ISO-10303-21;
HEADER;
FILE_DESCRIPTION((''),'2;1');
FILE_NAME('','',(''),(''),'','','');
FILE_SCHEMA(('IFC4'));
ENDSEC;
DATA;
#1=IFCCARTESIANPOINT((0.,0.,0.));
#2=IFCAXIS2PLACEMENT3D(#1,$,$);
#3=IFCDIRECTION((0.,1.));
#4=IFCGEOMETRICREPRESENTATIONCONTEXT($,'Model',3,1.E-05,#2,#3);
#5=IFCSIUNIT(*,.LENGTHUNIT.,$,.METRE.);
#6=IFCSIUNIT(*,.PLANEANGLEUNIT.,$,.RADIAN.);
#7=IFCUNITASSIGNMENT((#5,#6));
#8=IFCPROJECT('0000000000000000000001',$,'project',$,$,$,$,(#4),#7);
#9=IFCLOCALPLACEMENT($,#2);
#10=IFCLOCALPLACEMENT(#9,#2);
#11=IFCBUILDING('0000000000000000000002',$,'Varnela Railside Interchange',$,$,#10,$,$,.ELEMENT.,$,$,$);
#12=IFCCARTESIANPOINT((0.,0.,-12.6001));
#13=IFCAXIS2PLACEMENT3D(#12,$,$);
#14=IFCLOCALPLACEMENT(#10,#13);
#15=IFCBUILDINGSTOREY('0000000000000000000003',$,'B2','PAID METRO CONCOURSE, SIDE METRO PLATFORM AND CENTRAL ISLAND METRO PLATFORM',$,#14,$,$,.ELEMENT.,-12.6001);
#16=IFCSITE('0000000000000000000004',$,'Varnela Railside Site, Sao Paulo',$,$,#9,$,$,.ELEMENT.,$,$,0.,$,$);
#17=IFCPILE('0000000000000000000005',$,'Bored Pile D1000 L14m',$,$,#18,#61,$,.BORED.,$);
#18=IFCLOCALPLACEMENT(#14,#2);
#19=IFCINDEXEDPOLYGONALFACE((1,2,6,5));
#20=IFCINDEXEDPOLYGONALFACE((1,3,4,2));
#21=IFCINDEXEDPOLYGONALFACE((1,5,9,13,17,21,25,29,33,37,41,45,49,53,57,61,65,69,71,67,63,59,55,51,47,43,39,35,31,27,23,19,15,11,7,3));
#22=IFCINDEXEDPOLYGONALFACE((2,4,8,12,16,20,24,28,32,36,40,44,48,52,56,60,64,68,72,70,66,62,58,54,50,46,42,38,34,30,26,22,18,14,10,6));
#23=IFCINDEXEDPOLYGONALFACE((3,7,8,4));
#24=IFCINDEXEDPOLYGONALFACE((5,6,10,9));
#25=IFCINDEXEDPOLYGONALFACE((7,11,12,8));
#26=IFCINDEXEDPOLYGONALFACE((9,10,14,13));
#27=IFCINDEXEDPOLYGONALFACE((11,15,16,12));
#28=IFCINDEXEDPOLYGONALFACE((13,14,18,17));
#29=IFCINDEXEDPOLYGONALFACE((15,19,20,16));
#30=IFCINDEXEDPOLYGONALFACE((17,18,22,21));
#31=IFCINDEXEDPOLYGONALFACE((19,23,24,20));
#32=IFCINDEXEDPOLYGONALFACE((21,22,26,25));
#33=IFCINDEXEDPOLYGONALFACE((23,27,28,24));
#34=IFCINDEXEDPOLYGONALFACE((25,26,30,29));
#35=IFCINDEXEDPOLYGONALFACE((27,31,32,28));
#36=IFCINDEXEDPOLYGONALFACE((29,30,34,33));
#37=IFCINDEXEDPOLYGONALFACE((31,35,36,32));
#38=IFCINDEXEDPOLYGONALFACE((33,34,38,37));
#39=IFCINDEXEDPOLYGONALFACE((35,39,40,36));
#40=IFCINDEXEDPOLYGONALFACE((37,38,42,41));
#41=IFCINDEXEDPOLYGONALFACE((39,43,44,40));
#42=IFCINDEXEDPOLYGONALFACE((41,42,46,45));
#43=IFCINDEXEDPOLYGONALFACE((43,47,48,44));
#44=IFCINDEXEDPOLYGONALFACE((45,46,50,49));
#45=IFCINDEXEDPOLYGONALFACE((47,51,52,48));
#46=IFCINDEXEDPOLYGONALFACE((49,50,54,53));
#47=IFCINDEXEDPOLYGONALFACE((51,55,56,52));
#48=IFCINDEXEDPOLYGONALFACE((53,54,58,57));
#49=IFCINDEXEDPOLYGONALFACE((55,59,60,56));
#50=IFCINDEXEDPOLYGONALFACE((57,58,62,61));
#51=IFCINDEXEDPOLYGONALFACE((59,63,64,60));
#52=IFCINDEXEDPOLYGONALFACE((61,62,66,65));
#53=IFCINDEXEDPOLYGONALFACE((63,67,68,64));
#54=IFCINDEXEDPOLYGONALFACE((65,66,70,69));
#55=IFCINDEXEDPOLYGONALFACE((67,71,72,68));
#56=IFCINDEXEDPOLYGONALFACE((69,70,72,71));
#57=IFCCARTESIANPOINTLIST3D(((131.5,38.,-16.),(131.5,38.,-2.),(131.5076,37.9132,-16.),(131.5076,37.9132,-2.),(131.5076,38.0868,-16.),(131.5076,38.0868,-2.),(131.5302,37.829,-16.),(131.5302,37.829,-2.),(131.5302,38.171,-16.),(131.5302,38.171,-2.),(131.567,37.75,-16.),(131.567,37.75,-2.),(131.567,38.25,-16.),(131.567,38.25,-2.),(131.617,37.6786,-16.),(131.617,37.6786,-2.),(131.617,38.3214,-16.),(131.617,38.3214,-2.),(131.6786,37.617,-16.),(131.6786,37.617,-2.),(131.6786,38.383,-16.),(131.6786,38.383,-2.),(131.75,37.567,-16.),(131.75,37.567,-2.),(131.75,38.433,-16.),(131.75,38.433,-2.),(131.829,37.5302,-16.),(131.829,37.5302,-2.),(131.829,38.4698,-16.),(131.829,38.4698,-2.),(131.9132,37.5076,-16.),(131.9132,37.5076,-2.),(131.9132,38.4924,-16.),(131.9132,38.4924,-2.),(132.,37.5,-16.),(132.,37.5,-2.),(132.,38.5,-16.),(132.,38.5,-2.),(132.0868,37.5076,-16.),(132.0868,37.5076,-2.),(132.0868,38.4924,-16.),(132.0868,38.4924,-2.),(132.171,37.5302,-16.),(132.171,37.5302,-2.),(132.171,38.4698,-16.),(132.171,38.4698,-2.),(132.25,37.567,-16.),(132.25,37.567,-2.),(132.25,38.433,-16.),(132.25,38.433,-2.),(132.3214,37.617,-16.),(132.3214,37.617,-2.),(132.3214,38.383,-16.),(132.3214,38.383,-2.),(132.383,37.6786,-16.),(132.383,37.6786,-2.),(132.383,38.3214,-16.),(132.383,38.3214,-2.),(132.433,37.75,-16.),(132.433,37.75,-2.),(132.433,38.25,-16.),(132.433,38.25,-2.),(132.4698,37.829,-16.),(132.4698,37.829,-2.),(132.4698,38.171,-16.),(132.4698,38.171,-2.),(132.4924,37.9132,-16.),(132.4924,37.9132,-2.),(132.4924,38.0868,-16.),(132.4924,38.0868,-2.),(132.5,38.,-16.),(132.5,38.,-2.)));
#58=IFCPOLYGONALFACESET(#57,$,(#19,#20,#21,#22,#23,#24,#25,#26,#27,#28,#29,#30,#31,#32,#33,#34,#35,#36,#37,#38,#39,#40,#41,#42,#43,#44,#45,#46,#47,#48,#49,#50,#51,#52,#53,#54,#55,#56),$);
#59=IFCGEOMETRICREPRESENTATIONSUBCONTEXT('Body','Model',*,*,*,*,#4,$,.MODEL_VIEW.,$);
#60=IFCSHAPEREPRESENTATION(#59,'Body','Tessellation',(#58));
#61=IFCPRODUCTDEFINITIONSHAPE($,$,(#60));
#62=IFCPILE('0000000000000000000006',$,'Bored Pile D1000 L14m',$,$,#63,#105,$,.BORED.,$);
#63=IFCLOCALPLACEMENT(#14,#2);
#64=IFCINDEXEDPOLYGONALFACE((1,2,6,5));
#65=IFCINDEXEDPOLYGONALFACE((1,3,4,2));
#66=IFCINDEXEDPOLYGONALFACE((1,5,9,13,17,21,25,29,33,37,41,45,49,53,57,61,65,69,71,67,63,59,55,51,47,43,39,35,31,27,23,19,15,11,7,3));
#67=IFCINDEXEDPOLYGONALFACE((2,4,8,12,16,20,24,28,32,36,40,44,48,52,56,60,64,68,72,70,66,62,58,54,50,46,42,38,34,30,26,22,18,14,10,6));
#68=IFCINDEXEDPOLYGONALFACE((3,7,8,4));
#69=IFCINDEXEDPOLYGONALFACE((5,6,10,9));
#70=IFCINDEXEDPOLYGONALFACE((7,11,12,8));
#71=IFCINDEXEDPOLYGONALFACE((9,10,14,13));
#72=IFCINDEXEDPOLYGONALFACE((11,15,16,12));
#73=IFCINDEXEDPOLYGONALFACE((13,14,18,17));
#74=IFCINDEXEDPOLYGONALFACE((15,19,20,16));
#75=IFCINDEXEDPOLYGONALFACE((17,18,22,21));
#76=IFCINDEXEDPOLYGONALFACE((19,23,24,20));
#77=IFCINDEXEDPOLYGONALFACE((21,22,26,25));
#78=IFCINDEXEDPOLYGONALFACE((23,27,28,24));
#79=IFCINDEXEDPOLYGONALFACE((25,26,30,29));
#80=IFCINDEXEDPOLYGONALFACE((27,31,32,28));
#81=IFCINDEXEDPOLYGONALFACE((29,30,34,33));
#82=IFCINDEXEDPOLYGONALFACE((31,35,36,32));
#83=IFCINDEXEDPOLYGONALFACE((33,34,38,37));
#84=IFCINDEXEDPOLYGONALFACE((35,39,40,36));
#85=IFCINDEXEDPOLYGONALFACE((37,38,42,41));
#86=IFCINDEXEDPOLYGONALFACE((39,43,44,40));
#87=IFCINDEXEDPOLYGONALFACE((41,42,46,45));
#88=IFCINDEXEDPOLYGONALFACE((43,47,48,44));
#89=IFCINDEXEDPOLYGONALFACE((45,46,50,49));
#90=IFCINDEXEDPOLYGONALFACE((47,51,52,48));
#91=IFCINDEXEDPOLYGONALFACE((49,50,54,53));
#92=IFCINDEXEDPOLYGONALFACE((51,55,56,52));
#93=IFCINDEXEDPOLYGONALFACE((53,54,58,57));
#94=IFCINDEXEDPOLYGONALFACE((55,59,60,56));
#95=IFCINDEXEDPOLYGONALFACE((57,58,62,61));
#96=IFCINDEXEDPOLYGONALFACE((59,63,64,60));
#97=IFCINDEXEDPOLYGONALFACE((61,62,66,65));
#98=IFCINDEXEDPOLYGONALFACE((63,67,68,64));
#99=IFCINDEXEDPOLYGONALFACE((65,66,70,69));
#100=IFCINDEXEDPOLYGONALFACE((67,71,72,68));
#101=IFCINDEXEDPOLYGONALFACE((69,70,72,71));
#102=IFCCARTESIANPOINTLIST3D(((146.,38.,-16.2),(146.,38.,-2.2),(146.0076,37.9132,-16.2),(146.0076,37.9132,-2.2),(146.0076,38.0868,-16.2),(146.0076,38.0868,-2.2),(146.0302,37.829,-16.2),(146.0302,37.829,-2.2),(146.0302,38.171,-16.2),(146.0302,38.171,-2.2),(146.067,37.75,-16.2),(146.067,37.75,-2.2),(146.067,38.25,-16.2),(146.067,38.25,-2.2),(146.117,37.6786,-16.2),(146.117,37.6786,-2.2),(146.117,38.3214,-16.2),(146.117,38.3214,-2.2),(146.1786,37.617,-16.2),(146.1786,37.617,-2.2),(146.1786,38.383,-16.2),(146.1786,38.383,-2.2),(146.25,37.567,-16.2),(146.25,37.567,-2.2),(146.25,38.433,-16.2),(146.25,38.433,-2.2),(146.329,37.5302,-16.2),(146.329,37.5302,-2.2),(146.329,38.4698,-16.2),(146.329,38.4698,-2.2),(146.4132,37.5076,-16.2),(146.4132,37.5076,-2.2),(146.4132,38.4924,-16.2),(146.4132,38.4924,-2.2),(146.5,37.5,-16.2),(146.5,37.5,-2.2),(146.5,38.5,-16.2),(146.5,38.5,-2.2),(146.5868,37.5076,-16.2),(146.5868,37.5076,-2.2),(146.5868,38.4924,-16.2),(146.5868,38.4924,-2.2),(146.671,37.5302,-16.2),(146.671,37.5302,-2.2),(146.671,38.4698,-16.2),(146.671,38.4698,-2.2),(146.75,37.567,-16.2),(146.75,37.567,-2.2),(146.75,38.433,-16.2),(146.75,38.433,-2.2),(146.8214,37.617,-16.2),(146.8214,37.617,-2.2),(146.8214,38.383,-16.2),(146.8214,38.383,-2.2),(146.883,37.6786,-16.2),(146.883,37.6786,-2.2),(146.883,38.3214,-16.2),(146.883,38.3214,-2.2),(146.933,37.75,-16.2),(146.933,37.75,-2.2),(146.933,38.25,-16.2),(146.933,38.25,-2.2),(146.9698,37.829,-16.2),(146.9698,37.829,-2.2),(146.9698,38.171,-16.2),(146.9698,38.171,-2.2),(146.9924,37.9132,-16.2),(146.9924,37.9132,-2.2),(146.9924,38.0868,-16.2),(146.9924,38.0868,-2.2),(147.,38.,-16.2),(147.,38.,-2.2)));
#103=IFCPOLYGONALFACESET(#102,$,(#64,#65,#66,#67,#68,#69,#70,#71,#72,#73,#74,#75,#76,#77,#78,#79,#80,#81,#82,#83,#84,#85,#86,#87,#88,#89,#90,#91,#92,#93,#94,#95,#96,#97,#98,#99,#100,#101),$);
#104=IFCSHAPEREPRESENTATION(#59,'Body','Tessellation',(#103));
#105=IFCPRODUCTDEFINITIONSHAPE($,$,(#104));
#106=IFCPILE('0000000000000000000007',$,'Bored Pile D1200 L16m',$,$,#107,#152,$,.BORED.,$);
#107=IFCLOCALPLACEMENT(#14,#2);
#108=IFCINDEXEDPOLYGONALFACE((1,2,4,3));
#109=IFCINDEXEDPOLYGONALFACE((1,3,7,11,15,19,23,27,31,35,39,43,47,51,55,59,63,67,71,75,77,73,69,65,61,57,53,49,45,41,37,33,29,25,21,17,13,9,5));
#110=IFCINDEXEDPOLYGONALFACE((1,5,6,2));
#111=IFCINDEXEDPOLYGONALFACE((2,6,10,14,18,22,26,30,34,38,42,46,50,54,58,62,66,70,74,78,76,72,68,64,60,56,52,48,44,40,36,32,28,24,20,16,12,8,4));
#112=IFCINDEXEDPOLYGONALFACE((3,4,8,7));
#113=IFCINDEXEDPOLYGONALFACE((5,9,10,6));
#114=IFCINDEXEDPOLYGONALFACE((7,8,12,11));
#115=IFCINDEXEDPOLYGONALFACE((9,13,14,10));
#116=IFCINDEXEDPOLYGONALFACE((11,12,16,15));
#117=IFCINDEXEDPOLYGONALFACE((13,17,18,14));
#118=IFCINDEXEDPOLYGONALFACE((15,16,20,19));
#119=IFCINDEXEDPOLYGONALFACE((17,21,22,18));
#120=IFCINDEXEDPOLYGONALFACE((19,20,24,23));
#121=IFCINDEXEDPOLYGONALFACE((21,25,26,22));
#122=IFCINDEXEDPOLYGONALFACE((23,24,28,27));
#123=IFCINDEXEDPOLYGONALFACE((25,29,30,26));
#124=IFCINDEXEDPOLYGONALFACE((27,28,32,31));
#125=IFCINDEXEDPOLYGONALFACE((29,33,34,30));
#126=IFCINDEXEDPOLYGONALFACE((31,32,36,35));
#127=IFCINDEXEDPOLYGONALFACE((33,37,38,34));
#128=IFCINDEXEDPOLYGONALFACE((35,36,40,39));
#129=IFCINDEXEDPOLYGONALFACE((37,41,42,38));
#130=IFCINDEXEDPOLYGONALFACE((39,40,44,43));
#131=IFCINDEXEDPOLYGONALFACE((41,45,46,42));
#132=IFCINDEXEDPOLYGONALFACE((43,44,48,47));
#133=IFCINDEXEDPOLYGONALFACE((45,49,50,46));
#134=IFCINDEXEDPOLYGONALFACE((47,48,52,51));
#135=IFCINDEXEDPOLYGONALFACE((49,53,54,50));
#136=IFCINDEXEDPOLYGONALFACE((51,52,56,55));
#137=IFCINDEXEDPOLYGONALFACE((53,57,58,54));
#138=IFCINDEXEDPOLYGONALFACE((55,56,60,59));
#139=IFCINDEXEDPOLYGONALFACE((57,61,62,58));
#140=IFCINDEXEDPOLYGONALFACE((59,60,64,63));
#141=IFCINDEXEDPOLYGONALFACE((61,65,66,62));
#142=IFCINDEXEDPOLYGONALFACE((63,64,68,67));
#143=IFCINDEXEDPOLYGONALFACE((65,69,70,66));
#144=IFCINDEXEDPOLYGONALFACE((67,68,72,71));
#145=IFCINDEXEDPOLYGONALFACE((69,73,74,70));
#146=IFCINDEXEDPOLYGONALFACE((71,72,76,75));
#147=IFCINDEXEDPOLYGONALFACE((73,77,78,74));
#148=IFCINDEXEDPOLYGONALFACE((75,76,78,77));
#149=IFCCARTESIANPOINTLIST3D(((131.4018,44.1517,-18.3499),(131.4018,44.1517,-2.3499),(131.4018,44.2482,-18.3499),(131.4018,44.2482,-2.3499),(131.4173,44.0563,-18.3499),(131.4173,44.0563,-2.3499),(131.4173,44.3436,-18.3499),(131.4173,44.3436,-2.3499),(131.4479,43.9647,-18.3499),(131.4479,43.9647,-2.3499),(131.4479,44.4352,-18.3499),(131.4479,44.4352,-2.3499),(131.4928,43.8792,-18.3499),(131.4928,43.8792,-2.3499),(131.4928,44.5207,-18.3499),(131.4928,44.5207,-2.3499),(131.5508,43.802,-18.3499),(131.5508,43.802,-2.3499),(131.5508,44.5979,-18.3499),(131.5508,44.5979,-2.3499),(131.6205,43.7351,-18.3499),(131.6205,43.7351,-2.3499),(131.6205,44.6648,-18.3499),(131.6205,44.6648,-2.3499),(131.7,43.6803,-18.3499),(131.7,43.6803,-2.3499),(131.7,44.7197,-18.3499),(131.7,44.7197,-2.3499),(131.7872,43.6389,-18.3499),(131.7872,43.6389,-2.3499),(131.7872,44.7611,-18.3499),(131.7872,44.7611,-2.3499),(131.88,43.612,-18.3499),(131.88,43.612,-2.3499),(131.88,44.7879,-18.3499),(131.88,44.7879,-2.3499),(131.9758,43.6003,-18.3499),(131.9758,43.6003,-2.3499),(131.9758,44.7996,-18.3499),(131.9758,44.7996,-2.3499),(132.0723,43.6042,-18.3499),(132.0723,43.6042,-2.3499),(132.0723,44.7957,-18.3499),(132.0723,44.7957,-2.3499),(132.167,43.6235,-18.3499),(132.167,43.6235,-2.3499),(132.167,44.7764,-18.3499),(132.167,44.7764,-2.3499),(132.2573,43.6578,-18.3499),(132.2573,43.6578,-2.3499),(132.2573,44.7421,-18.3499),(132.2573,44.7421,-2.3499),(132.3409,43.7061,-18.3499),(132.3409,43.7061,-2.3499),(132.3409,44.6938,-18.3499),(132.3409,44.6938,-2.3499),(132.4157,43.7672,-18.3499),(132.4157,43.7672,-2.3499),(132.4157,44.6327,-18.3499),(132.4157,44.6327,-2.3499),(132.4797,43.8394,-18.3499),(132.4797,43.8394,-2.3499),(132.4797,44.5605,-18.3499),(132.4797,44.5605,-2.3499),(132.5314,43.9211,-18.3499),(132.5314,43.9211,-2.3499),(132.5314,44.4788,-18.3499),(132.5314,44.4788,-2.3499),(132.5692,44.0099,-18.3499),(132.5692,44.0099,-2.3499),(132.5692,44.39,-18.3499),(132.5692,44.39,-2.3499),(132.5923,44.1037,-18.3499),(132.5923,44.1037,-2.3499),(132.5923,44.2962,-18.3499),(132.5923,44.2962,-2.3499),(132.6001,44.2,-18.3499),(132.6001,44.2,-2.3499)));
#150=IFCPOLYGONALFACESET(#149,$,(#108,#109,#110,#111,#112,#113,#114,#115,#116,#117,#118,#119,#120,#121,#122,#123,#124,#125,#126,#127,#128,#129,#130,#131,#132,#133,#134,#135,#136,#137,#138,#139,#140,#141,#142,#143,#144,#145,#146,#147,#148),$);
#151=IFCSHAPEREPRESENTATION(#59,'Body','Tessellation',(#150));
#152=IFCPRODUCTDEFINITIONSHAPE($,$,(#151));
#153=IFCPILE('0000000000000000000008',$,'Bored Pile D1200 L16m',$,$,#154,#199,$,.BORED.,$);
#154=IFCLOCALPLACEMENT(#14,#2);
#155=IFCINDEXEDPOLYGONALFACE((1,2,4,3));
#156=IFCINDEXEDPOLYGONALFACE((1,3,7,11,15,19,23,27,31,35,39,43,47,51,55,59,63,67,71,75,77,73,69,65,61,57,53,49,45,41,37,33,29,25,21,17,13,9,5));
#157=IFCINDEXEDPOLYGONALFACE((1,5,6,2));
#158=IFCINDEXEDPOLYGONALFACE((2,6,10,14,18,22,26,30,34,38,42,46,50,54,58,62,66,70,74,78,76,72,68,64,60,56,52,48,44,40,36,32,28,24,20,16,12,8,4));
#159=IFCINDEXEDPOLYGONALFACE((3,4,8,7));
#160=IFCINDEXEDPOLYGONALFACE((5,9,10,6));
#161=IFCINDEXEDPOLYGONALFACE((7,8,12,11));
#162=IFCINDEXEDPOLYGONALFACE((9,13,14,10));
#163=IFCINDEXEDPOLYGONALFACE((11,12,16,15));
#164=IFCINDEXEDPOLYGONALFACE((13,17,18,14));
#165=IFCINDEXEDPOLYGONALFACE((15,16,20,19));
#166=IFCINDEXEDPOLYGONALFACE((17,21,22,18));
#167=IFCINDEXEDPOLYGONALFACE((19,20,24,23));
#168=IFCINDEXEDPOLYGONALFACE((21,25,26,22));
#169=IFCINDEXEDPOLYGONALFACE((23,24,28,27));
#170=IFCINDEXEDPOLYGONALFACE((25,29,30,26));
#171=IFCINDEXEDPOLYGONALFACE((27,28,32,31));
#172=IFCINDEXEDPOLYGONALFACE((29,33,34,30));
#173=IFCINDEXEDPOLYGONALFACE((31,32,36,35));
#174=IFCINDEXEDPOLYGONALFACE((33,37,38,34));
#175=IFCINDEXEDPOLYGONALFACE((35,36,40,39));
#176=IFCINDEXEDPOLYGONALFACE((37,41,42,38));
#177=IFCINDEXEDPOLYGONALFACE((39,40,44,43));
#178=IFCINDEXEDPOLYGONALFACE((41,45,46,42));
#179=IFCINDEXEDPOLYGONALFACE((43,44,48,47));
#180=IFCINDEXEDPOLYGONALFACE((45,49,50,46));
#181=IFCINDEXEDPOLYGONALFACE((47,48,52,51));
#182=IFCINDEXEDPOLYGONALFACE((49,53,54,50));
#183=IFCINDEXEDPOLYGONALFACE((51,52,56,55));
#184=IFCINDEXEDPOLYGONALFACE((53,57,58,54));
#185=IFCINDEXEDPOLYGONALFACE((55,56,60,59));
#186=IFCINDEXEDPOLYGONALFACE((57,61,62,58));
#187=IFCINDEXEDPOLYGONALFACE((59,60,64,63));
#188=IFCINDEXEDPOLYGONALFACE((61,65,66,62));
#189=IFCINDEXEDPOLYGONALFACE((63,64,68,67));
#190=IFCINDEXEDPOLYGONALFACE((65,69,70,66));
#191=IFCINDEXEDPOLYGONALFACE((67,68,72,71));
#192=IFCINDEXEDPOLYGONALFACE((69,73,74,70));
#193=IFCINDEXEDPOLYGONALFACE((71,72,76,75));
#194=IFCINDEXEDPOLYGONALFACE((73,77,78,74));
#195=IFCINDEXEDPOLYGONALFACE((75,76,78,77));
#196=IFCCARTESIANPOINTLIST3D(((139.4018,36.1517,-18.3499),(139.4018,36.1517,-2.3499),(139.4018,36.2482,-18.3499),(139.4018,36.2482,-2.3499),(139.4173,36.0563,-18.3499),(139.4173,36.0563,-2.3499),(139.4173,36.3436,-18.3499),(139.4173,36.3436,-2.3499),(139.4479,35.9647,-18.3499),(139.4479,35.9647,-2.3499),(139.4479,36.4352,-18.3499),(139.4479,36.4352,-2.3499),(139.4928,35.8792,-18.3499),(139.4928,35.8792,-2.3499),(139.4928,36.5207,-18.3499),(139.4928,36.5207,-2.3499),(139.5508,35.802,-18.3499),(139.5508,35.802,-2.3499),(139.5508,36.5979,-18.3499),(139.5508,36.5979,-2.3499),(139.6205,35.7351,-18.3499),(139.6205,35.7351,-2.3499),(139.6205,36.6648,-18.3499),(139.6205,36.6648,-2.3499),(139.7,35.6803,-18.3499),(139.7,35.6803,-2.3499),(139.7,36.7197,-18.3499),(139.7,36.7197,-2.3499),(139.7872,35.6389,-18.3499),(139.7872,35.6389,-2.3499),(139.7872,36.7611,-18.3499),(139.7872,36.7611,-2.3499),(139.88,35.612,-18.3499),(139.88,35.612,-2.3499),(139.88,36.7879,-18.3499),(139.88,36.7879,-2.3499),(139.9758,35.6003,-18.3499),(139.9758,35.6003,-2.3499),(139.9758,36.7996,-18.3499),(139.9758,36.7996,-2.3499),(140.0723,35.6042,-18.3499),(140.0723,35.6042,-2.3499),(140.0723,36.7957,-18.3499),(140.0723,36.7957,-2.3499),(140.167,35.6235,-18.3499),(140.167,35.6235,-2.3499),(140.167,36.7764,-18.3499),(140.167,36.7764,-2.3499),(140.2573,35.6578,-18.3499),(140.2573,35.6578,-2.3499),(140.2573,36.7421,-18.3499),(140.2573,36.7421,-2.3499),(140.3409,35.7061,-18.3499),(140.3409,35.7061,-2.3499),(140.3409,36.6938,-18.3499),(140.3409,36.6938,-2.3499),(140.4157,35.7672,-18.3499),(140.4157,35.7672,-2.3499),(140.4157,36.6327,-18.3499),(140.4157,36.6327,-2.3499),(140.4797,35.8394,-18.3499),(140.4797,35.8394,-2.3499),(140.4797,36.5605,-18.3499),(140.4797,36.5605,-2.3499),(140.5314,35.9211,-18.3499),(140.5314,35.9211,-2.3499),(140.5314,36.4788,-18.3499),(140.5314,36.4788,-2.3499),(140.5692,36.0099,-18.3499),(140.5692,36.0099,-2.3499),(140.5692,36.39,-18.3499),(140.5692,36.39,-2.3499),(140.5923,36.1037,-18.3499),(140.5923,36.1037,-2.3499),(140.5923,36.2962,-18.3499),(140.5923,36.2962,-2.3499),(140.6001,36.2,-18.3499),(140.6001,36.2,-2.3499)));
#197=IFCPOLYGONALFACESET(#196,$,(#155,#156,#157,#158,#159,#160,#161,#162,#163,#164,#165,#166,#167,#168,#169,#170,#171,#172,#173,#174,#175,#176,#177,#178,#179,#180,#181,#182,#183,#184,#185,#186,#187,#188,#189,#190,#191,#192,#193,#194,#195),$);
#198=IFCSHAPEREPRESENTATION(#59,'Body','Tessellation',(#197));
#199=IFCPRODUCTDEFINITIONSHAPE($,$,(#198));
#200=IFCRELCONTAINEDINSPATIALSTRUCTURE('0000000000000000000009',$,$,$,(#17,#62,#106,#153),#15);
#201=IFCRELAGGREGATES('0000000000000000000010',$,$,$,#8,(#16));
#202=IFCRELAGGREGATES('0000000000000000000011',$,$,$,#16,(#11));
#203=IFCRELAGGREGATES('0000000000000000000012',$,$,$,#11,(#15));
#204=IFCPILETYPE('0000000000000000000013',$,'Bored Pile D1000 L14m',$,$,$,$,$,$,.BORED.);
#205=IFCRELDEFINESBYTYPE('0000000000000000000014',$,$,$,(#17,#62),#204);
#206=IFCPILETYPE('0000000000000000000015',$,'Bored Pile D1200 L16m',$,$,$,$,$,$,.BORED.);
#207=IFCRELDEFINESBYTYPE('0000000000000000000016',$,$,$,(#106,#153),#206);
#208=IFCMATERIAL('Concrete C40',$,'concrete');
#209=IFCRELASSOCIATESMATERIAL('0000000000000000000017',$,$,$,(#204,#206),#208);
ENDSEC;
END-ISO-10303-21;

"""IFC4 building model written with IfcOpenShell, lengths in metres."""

from ifc_helpers import new_model, si_unit, direction, frame, origin, origin_2d, place, context, subcontext, project, spatial, circle, extrude, material, material_profile, profile_set, type_object, element, save


model = new_model("IFC4")

# Units and contexts
model_context = context("Model", 3, precision=1e-05, world=origin(), true_north=direction((0.0, 1.0)))
body_context = subcontext(model_context, "Body", "Model", "MODEL_VIEW")
ifc_project = project(units=[si_unit("LENGTHUNIT", "METRE"), si_unit("PLANEANGLEUNIT", "RADIAN")], contexts=[model_context])

# Site, building, storey
site_placement = place(None, origin())
site = spatial("IfcSite", under=ifc_project, at=site_placement, Name="Varnela Railside Site, Sao Paulo", CompositionType="ELEMENT", RefElevation=0.0)
building_placement = place(site_placement, origin())
building = spatial("IfcBuilding", under=site, at=building_placement, Name="Varnela Railside Interchange", CompositionType="ELEMENT")
storey_placement = place(building_placement, frame((0.0, 0.0, -12.6001)))
storey = spatial("IfcBuildingStorey", under=building, at=storey_placement, Name="B2", Description="PAID METRO CONCOURSE, SIDE METRO PLATFORM AND CENTRAL ISLAND METRO PLATFORM", CompositionType="ELEMENT", Elevation=-12.6001)

# Piles
ifc_material_1 = material(Name="Concrete C40", Category="concrete")
ifc_material_profile_1 = material_profile(ifc_material_1, circle(Radius=0.5, at=origin_2d()), Name="BORED PILE D1000")
ifc_profile_set_1 = profile_set([ifc_material_profile_1], Name="Concrete C40")
pile_type_1 = type_object("IfcPileType", Name="Bored Pile D1000 L14m", PredefinedType="BORED", material=ifc_profile_set_1)
for number, where, z_axis, x_axis, name in (
    (1, (132.0, 38.0, -2.0), (0.0, 0.0, -1.0), (1.0, 0.0, 0.0), "Bored Pile D1000 L14m"),
    (2, (146.5, 38.0, -2.2), (0.0, 0.0, -1.0), (1.0, 0.0, 0.0), "Bored Pile D1000 L14m"),
):
    element("IfcPile", number, at=place(storey_placement, frame(where, z_axis=z_axis, x_axis=x_axis)), inside=storey, type_object=pile_type_1, Name=name, PredefinedType="BORED", context=body_context, shape_type="SweptSolid", body=[
        extrude(circle(Radius=0.5, at=origin_2d()), origin(), (0.0, 0.0, 1.0), 14.0),
    ])
ifc_material_profile_2 = material_profile(ifc_material_1, circle(Radius=0.6001, at=origin_2d()), Name="BORED PILE D1200")
ifc_profile_set_2 = profile_set([ifc_material_profile_2], Name="Concrete C40")
pile_type_2 = type_object("IfcPileType", Name="Bored Pile D1200 L16m", PredefinedType="BORED", material=ifc_profile_set_2)
for number, where, z_axis, x_axis, name in (
    (3, (132.0, 44.2, -2.3499), (0.0, 0.0, -1.0), (1.0, 0.0, 0.0), "Bored Pile D1200 L16m"),
    (4, (140.0, 36.2, -2.3499), (0.0, 0.0, -1.0), (1.0, 0.0, 0.0), "Bored Pile D1200 L16m"),
):
    element("IfcPile", number, at=place(storey_placement, frame(where, z_axis=z_axis, x_axis=x_axis)), inside=storey, type_object=pile_type_2, Name=name, PredefinedType="BORED", context=body_context, shape_type="SweptSolid", body=[
        extrude(circle(Radius=0.6001, at=origin_2d()), origin(), (0.0, 0.0, 1.0), 16.0),
    ])

save(model, "model.ifc")
